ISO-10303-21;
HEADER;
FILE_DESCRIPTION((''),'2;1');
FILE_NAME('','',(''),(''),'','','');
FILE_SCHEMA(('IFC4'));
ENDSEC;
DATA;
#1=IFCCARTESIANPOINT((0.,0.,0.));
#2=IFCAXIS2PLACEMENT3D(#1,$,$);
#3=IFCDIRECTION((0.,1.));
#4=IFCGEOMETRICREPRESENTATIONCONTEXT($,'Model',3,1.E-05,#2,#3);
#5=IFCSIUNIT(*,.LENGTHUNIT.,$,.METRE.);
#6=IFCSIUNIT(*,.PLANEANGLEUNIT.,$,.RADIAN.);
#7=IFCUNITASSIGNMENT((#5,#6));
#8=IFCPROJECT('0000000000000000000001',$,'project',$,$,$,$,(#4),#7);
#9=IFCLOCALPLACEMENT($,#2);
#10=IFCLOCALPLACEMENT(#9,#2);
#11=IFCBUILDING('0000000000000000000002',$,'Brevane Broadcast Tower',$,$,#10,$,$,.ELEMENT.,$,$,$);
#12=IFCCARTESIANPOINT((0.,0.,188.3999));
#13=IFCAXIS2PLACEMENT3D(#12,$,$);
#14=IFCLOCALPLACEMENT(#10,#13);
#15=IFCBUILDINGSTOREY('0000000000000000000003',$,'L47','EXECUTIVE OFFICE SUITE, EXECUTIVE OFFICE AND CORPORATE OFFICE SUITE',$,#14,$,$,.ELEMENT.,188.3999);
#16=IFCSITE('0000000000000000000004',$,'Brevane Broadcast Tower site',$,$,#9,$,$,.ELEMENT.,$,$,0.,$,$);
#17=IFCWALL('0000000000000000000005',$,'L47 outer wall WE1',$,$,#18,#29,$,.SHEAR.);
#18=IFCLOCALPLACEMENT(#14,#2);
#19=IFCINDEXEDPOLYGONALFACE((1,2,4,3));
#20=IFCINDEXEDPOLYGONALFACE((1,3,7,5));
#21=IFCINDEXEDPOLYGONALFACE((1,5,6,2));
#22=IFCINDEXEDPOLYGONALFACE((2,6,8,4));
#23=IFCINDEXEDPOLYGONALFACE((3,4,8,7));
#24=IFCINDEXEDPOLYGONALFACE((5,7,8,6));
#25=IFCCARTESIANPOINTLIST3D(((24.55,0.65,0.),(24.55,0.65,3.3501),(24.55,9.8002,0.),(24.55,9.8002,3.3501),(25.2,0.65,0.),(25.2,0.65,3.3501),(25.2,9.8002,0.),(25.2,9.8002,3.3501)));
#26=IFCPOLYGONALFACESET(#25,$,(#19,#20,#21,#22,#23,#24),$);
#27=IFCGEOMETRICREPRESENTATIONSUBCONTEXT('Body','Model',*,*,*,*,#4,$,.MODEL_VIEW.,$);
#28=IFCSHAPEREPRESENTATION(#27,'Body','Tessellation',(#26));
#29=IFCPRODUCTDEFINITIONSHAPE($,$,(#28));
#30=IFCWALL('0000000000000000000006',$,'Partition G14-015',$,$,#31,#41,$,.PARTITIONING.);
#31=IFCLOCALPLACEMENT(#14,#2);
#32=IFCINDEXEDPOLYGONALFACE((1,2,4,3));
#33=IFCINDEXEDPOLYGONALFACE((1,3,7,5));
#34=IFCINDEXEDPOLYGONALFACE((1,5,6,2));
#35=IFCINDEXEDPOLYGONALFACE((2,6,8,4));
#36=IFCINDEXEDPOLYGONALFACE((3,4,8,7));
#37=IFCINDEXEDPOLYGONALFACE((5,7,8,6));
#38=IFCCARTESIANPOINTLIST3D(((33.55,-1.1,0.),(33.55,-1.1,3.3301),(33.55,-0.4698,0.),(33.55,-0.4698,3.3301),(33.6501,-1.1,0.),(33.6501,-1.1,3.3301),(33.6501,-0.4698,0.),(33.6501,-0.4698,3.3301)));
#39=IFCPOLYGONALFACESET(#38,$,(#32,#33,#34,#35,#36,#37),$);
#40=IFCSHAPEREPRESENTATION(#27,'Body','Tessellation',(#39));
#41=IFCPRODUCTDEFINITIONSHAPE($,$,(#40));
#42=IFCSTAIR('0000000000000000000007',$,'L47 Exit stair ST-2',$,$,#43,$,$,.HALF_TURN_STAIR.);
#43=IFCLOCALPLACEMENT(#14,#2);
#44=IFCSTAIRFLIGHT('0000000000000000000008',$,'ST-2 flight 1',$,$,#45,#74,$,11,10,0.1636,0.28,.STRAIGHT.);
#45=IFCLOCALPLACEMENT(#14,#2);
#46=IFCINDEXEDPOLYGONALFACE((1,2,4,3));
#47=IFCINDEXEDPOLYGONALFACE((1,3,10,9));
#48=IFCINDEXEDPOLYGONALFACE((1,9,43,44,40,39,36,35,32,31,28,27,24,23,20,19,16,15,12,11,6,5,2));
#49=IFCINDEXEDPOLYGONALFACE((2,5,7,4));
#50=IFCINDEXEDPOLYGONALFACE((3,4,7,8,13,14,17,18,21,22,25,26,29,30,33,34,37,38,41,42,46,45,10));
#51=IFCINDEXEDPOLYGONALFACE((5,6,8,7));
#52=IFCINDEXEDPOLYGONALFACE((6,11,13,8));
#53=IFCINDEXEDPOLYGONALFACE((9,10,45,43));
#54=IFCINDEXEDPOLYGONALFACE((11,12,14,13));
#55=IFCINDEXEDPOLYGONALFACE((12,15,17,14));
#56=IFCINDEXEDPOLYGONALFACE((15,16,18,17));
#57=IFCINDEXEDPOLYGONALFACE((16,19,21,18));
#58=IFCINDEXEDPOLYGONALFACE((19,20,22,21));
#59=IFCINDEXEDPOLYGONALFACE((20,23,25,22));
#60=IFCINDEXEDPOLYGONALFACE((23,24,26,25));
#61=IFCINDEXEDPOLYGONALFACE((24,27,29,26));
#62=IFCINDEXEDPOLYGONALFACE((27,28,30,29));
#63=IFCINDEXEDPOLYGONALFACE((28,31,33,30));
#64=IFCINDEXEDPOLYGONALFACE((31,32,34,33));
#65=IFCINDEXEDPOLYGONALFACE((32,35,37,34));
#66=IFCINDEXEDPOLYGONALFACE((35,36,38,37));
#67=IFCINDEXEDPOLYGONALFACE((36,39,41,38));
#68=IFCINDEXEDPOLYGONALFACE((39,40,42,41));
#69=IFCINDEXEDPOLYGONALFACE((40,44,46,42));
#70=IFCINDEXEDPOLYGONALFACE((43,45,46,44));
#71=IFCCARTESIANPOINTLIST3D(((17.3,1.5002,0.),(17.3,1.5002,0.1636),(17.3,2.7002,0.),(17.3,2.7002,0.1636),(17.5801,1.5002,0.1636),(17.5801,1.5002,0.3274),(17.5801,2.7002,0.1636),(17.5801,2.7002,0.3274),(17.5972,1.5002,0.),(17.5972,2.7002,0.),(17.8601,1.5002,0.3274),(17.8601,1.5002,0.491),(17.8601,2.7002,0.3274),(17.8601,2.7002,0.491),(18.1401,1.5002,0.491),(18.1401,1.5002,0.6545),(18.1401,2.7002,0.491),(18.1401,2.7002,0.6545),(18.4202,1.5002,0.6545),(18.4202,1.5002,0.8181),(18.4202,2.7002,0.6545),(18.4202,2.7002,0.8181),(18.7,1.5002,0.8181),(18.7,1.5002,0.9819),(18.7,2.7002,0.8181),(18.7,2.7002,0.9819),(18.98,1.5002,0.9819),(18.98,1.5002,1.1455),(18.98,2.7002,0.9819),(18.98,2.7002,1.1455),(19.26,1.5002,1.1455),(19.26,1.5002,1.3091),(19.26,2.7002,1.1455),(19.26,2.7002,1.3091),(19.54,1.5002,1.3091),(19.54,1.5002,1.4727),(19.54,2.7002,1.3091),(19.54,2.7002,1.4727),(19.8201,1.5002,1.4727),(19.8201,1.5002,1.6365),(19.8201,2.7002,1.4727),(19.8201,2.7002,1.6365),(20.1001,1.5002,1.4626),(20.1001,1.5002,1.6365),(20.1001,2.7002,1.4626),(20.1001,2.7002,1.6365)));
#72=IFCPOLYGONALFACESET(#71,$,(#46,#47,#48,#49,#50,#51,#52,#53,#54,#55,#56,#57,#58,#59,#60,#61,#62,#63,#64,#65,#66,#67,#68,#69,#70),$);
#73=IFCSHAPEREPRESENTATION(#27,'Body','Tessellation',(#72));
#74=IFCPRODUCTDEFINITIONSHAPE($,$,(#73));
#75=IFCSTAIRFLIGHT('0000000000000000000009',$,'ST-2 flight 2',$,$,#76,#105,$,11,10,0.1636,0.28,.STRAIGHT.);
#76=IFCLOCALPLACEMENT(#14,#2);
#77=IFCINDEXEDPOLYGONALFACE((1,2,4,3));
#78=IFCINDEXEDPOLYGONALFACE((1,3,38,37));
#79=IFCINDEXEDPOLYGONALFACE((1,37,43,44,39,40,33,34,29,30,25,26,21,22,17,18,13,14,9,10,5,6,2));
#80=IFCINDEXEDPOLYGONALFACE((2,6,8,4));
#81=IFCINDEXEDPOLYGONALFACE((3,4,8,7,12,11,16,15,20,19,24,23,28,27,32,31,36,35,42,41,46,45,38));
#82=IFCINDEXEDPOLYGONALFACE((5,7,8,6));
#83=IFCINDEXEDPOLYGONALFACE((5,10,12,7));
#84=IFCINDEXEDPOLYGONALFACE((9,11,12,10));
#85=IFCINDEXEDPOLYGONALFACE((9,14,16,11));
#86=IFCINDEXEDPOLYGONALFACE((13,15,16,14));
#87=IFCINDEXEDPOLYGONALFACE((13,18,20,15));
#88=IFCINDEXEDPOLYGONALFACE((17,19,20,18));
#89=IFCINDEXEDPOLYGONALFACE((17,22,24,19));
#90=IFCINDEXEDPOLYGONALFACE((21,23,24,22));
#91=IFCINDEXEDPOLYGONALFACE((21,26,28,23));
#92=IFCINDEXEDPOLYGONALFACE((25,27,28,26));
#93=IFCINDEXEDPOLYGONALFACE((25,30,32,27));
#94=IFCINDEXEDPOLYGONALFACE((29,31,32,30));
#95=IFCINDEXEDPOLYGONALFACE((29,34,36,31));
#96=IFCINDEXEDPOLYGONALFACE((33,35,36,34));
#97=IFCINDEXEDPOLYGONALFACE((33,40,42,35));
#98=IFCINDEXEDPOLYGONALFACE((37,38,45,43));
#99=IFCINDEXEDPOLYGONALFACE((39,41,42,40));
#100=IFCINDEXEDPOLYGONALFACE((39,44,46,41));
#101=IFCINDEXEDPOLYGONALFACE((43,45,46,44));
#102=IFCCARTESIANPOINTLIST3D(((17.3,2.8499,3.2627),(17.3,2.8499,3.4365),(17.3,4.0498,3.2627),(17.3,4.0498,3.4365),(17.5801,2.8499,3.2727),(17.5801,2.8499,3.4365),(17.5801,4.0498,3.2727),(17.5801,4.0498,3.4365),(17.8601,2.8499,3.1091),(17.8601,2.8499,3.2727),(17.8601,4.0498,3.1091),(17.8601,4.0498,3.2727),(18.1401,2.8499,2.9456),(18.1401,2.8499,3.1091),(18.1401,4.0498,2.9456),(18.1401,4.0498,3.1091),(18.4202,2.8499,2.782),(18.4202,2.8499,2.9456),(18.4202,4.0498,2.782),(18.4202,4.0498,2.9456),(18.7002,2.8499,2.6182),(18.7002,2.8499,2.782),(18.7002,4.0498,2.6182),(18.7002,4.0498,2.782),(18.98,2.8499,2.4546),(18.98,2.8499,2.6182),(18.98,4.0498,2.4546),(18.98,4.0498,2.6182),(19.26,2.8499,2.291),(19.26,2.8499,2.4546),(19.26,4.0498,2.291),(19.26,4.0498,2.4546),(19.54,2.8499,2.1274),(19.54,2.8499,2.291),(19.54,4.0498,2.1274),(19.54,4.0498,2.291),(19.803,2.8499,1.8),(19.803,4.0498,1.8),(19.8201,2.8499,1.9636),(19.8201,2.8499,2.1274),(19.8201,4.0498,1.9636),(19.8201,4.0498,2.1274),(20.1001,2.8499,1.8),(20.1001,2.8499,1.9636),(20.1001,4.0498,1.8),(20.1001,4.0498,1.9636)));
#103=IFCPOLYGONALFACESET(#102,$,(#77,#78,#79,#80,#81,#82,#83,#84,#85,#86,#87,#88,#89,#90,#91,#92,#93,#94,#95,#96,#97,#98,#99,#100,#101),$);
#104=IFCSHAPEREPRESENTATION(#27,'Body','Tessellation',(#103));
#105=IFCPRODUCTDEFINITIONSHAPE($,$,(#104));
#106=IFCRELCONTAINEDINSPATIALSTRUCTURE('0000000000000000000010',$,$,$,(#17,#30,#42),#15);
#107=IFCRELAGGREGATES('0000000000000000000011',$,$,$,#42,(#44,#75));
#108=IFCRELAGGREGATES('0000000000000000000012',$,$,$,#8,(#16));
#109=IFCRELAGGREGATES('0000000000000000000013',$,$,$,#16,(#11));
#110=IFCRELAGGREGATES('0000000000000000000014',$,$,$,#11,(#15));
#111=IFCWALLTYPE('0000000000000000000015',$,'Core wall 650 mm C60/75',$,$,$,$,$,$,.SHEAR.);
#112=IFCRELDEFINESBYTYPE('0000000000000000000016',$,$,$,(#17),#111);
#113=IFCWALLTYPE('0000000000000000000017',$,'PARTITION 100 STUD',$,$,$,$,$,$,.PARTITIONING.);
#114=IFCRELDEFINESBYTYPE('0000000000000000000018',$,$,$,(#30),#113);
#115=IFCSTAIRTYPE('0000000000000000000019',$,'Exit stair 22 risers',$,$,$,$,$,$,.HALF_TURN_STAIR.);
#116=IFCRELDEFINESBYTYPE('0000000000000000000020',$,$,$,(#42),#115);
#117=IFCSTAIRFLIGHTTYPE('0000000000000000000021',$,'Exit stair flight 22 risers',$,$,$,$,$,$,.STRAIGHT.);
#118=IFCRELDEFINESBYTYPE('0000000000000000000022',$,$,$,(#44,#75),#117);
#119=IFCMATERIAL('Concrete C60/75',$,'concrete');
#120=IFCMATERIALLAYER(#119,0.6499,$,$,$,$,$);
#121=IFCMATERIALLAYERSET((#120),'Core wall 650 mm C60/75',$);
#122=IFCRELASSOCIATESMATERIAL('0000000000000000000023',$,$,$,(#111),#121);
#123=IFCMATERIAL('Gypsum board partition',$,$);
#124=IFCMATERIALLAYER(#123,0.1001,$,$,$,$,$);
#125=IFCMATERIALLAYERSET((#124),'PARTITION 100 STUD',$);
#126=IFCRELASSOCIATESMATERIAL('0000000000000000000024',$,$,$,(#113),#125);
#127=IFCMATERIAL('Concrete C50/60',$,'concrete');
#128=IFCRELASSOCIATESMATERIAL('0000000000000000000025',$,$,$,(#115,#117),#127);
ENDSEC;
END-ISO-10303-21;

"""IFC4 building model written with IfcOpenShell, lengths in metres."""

from ifc_helpers import new_model, si_unit, direction, frame, frame_2d, origin, place, context, subcontext, project, spatial, polyline, rectangle, outline, extrude, material, layer, layer_set, type_object, element, aggregate, save


model = new_model("IFC4")

# Units and contexts
model_context = context("Model", 3, precision=1e-05, world=origin(), true_north=direction((0.0, 1.0)))
body_context = subcontext(model_context, "Body", "Model", "MODEL_VIEW")
ifc_project = project(units=[si_unit("LENGTHUNIT", "METRE"), si_unit("PLANEANGLEUNIT", "RADIAN")], contexts=[model_context])

# Site, building, storey
site_placement = place(None, origin())
site = spatial("IfcSite", under=ifc_project, at=site_placement, Name="Brevane Broadcast Tower site", CompositionType="ELEMENT", RefElevation=0.0)
building_placement = place(site_placement, origin())
building = spatial("IfcBuilding", under=site, at=building_placement, Name="Brevane Broadcast Tower", CompositionType="ELEMENT")
storey_placement = place(building_placement, frame((0.0, 0.0, 188.3999)))
storey = spatial("IfcBuildingStorey", under=building, at=storey_placement, Name="L47", Description="EXECUTIVE OFFICE SUITE, EXECUTIVE OFFICE AND CORPORATE OFFICE SUITE", CompositionType="ELEMENT", Elevation=188.3999)

# Shared definitions
ifc_material_1 = material(Name="Concrete C60/75", Category="concrete")

# Walls
ifc_layer_1 = layer(ifc_material_1, 0.6499)
ifc_layer_set_1 = layer_set([ifc_layer_1], Name="Core wall 650 mm C60/75")
wall_type_1 = type_object("IfcWallType", Name="Core wall 650 mm C60/75", PredefinedType="SHEAR", material=ifc_layer_set_1)
wall_1_placement = place(storey_placement, frame((24.875, 0.6499, 0.0), z_axis=(0.0, 0.0, 1.0), x_axis=(0.0, 1.0, 0.0)))
element("IfcWall", 1, at=wall_1_placement, inside=storey, type_object=wall_type_1, Name="L47 outer wall WE1", PredefinedType="SHEAR", context=body_context, shape_type="SweptSolid", body=[
    extrude(rectangle(XDim=9.1501, YDim=0.6499, at=frame_2d((4.5752, 0.0))), origin(), (0.0, 0.0, 1.0), 3.3501),
])
ifc_material_2 = material(Name="Gypsum board partition")
ifc_layer_2 = layer(ifc_material_2, 0.1001)
ifc_layer_set_2 = layer_set([ifc_layer_2], Name="PARTITION 100 STUD")
wall_type_2 = type_object("IfcWallType", Name="PARTITION 100 STUD", PredefinedType="PARTITIONING", material=ifc_layer_set_2)
wall_2_placement = place(storey_placement, frame((33.6001, -0.47, 0.0), z_axis=(0.0, 0.0, 1.0), x_axis=(0.0, -1.0, 0.0)))
element("IfcWall", 2, at=wall_2_placement, inside=storey, type_object=wall_type_2, Name="Partition G14-015", PredefinedType="PARTITIONING", context=body_context, shape_type="SweptSolid", body=[
    extrude(rectangle(XDim=0.6301, YDim=0.1001, at=frame_2d((0.3149, 0.0))), origin(), (0.0, 0.0, 1.0), 3.3301),
])

# Stair, stair flights
ifc_material_3 = material(Name="Concrete C50/60", Category="concrete")
stair_type = type_object("IfcStairType", Name="Exit stair 22 risers", PredefinedType="HALF_TURN_STAIR", material=ifc_material_3)
stair_placement = place(storey_placement, origin())
stair = element("IfcStair", 3, at=stair_placement, inside=storey, type_object=stair_type, Name="L47 Exit stair ST-2", PredefinedType="HALF_TURN_STAIR")
stair_flight_type = type_object("IfcStairFlightType", Name="Exit stair flight 22 risers", PredefinedType="STRAIGHT", material=ifc_material_3)
stair_flight_1_placement = place(storey_placement, frame((17.3, 2.1001, 0.0), z_axis=(0.0, 0.0, 1.0), x_axis=(1.0, 0.0, 0.0)))
stair_flight_1 = element("IfcStairFlight", 4, at=stair_flight_1_placement, type_object=stair_flight_type, Name="ST-2 flight 1", NumberOfRisers=11, NumberOfTreads=10, PredefinedType="STRAIGHT", RiserHeight=0.1636, TreadLength=0.28, context=body_context, shape_type="SweptSolid", body=[
    extrude(outline(polyline([(0.0, 0.0), (0.0, 0.1636), (0.28, 0.1636), (0.28, 0.3274), (0.5601, 0.3274), (0.5601, 0.491), (0.8401, 0.491), (0.8401, 0.6545), (1.1201, 0.6545), (1.1201, 0.8181), (1.3999, 0.8181), (1.3999, 0.9819), (1.6799, 0.9819), (1.6799, 1.1455), (1.96, 1.1455), (1.96, 1.3091), (2.24, 1.3091), (2.24, 1.4727), (2.52, 1.4727), (2.52, 1.6365), (2.8, 1.6365), (2.8, 1.8), (2.8, 1.4626), (0.2971, 0.0), (0.0, 0.0)])), frame((0.0, 0.6001, 0.0), z_axis=(0.0, -1.0, 0.0), x_axis=(1.0, 0.0, 0.0)), (0.0, 0.0, 1.0), 1.2),
])
stair_flight_2_placement = place(storey_placement, frame((20.1001, 3.45, 1.8), z_axis=(0.0, 0.0, 1.0), x_axis=(-1.0, 0.0, 0.0)))
stair_flight_2 = element("IfcStairFlight", 5, at=stair_flight_2_placement, type_object=stair_flight_type, Name="ST-2 flight 2", NumberOfRisers=11, NumberOfTreads=10, PredefinedType="STRAIGHT", RiserHeight=0.1636, TreadLength=0.28, context=body_context, shape_type="SweptSolid", body=[
    extrude(outline(polyline([(0.0, 0.0), (0.0, 0.1636), (0.28, 0.1636), (0.28, 0.3274), (0.5601, 0.3274), (0.5601, 0.491), (0.8401, 0.491), (0.8401, 0.6545), (1.1201, 0.6545), (1.1201, 0.8181), (1.3999, 0.8181), (1.3999, 0.9819), (1.6799, 0.9819), (1.6799, 1.1455), (1.96, 1.1455), (1.96, 1.3091), (2.24, 1.3091), (2.24, 1.4727), (2.52, 1.4727), (2.52, 1.6365), (2.8, 1.6365), (2.8, 1.8), (2.8, 1.4626), (0.2971, 0.0), (0.0, 0.0)])), frame((0.0, 0.6001, 0.0), z_axis=(0.0, -1.0, 0.0), x_axis=(1.0, 0.0, 0.0)), (0.0, 0.0, 1.0), 1.2),
])
aggregate(stair, [stair_flight_1, stair_flight_2])

save(model, "model.ifc")
